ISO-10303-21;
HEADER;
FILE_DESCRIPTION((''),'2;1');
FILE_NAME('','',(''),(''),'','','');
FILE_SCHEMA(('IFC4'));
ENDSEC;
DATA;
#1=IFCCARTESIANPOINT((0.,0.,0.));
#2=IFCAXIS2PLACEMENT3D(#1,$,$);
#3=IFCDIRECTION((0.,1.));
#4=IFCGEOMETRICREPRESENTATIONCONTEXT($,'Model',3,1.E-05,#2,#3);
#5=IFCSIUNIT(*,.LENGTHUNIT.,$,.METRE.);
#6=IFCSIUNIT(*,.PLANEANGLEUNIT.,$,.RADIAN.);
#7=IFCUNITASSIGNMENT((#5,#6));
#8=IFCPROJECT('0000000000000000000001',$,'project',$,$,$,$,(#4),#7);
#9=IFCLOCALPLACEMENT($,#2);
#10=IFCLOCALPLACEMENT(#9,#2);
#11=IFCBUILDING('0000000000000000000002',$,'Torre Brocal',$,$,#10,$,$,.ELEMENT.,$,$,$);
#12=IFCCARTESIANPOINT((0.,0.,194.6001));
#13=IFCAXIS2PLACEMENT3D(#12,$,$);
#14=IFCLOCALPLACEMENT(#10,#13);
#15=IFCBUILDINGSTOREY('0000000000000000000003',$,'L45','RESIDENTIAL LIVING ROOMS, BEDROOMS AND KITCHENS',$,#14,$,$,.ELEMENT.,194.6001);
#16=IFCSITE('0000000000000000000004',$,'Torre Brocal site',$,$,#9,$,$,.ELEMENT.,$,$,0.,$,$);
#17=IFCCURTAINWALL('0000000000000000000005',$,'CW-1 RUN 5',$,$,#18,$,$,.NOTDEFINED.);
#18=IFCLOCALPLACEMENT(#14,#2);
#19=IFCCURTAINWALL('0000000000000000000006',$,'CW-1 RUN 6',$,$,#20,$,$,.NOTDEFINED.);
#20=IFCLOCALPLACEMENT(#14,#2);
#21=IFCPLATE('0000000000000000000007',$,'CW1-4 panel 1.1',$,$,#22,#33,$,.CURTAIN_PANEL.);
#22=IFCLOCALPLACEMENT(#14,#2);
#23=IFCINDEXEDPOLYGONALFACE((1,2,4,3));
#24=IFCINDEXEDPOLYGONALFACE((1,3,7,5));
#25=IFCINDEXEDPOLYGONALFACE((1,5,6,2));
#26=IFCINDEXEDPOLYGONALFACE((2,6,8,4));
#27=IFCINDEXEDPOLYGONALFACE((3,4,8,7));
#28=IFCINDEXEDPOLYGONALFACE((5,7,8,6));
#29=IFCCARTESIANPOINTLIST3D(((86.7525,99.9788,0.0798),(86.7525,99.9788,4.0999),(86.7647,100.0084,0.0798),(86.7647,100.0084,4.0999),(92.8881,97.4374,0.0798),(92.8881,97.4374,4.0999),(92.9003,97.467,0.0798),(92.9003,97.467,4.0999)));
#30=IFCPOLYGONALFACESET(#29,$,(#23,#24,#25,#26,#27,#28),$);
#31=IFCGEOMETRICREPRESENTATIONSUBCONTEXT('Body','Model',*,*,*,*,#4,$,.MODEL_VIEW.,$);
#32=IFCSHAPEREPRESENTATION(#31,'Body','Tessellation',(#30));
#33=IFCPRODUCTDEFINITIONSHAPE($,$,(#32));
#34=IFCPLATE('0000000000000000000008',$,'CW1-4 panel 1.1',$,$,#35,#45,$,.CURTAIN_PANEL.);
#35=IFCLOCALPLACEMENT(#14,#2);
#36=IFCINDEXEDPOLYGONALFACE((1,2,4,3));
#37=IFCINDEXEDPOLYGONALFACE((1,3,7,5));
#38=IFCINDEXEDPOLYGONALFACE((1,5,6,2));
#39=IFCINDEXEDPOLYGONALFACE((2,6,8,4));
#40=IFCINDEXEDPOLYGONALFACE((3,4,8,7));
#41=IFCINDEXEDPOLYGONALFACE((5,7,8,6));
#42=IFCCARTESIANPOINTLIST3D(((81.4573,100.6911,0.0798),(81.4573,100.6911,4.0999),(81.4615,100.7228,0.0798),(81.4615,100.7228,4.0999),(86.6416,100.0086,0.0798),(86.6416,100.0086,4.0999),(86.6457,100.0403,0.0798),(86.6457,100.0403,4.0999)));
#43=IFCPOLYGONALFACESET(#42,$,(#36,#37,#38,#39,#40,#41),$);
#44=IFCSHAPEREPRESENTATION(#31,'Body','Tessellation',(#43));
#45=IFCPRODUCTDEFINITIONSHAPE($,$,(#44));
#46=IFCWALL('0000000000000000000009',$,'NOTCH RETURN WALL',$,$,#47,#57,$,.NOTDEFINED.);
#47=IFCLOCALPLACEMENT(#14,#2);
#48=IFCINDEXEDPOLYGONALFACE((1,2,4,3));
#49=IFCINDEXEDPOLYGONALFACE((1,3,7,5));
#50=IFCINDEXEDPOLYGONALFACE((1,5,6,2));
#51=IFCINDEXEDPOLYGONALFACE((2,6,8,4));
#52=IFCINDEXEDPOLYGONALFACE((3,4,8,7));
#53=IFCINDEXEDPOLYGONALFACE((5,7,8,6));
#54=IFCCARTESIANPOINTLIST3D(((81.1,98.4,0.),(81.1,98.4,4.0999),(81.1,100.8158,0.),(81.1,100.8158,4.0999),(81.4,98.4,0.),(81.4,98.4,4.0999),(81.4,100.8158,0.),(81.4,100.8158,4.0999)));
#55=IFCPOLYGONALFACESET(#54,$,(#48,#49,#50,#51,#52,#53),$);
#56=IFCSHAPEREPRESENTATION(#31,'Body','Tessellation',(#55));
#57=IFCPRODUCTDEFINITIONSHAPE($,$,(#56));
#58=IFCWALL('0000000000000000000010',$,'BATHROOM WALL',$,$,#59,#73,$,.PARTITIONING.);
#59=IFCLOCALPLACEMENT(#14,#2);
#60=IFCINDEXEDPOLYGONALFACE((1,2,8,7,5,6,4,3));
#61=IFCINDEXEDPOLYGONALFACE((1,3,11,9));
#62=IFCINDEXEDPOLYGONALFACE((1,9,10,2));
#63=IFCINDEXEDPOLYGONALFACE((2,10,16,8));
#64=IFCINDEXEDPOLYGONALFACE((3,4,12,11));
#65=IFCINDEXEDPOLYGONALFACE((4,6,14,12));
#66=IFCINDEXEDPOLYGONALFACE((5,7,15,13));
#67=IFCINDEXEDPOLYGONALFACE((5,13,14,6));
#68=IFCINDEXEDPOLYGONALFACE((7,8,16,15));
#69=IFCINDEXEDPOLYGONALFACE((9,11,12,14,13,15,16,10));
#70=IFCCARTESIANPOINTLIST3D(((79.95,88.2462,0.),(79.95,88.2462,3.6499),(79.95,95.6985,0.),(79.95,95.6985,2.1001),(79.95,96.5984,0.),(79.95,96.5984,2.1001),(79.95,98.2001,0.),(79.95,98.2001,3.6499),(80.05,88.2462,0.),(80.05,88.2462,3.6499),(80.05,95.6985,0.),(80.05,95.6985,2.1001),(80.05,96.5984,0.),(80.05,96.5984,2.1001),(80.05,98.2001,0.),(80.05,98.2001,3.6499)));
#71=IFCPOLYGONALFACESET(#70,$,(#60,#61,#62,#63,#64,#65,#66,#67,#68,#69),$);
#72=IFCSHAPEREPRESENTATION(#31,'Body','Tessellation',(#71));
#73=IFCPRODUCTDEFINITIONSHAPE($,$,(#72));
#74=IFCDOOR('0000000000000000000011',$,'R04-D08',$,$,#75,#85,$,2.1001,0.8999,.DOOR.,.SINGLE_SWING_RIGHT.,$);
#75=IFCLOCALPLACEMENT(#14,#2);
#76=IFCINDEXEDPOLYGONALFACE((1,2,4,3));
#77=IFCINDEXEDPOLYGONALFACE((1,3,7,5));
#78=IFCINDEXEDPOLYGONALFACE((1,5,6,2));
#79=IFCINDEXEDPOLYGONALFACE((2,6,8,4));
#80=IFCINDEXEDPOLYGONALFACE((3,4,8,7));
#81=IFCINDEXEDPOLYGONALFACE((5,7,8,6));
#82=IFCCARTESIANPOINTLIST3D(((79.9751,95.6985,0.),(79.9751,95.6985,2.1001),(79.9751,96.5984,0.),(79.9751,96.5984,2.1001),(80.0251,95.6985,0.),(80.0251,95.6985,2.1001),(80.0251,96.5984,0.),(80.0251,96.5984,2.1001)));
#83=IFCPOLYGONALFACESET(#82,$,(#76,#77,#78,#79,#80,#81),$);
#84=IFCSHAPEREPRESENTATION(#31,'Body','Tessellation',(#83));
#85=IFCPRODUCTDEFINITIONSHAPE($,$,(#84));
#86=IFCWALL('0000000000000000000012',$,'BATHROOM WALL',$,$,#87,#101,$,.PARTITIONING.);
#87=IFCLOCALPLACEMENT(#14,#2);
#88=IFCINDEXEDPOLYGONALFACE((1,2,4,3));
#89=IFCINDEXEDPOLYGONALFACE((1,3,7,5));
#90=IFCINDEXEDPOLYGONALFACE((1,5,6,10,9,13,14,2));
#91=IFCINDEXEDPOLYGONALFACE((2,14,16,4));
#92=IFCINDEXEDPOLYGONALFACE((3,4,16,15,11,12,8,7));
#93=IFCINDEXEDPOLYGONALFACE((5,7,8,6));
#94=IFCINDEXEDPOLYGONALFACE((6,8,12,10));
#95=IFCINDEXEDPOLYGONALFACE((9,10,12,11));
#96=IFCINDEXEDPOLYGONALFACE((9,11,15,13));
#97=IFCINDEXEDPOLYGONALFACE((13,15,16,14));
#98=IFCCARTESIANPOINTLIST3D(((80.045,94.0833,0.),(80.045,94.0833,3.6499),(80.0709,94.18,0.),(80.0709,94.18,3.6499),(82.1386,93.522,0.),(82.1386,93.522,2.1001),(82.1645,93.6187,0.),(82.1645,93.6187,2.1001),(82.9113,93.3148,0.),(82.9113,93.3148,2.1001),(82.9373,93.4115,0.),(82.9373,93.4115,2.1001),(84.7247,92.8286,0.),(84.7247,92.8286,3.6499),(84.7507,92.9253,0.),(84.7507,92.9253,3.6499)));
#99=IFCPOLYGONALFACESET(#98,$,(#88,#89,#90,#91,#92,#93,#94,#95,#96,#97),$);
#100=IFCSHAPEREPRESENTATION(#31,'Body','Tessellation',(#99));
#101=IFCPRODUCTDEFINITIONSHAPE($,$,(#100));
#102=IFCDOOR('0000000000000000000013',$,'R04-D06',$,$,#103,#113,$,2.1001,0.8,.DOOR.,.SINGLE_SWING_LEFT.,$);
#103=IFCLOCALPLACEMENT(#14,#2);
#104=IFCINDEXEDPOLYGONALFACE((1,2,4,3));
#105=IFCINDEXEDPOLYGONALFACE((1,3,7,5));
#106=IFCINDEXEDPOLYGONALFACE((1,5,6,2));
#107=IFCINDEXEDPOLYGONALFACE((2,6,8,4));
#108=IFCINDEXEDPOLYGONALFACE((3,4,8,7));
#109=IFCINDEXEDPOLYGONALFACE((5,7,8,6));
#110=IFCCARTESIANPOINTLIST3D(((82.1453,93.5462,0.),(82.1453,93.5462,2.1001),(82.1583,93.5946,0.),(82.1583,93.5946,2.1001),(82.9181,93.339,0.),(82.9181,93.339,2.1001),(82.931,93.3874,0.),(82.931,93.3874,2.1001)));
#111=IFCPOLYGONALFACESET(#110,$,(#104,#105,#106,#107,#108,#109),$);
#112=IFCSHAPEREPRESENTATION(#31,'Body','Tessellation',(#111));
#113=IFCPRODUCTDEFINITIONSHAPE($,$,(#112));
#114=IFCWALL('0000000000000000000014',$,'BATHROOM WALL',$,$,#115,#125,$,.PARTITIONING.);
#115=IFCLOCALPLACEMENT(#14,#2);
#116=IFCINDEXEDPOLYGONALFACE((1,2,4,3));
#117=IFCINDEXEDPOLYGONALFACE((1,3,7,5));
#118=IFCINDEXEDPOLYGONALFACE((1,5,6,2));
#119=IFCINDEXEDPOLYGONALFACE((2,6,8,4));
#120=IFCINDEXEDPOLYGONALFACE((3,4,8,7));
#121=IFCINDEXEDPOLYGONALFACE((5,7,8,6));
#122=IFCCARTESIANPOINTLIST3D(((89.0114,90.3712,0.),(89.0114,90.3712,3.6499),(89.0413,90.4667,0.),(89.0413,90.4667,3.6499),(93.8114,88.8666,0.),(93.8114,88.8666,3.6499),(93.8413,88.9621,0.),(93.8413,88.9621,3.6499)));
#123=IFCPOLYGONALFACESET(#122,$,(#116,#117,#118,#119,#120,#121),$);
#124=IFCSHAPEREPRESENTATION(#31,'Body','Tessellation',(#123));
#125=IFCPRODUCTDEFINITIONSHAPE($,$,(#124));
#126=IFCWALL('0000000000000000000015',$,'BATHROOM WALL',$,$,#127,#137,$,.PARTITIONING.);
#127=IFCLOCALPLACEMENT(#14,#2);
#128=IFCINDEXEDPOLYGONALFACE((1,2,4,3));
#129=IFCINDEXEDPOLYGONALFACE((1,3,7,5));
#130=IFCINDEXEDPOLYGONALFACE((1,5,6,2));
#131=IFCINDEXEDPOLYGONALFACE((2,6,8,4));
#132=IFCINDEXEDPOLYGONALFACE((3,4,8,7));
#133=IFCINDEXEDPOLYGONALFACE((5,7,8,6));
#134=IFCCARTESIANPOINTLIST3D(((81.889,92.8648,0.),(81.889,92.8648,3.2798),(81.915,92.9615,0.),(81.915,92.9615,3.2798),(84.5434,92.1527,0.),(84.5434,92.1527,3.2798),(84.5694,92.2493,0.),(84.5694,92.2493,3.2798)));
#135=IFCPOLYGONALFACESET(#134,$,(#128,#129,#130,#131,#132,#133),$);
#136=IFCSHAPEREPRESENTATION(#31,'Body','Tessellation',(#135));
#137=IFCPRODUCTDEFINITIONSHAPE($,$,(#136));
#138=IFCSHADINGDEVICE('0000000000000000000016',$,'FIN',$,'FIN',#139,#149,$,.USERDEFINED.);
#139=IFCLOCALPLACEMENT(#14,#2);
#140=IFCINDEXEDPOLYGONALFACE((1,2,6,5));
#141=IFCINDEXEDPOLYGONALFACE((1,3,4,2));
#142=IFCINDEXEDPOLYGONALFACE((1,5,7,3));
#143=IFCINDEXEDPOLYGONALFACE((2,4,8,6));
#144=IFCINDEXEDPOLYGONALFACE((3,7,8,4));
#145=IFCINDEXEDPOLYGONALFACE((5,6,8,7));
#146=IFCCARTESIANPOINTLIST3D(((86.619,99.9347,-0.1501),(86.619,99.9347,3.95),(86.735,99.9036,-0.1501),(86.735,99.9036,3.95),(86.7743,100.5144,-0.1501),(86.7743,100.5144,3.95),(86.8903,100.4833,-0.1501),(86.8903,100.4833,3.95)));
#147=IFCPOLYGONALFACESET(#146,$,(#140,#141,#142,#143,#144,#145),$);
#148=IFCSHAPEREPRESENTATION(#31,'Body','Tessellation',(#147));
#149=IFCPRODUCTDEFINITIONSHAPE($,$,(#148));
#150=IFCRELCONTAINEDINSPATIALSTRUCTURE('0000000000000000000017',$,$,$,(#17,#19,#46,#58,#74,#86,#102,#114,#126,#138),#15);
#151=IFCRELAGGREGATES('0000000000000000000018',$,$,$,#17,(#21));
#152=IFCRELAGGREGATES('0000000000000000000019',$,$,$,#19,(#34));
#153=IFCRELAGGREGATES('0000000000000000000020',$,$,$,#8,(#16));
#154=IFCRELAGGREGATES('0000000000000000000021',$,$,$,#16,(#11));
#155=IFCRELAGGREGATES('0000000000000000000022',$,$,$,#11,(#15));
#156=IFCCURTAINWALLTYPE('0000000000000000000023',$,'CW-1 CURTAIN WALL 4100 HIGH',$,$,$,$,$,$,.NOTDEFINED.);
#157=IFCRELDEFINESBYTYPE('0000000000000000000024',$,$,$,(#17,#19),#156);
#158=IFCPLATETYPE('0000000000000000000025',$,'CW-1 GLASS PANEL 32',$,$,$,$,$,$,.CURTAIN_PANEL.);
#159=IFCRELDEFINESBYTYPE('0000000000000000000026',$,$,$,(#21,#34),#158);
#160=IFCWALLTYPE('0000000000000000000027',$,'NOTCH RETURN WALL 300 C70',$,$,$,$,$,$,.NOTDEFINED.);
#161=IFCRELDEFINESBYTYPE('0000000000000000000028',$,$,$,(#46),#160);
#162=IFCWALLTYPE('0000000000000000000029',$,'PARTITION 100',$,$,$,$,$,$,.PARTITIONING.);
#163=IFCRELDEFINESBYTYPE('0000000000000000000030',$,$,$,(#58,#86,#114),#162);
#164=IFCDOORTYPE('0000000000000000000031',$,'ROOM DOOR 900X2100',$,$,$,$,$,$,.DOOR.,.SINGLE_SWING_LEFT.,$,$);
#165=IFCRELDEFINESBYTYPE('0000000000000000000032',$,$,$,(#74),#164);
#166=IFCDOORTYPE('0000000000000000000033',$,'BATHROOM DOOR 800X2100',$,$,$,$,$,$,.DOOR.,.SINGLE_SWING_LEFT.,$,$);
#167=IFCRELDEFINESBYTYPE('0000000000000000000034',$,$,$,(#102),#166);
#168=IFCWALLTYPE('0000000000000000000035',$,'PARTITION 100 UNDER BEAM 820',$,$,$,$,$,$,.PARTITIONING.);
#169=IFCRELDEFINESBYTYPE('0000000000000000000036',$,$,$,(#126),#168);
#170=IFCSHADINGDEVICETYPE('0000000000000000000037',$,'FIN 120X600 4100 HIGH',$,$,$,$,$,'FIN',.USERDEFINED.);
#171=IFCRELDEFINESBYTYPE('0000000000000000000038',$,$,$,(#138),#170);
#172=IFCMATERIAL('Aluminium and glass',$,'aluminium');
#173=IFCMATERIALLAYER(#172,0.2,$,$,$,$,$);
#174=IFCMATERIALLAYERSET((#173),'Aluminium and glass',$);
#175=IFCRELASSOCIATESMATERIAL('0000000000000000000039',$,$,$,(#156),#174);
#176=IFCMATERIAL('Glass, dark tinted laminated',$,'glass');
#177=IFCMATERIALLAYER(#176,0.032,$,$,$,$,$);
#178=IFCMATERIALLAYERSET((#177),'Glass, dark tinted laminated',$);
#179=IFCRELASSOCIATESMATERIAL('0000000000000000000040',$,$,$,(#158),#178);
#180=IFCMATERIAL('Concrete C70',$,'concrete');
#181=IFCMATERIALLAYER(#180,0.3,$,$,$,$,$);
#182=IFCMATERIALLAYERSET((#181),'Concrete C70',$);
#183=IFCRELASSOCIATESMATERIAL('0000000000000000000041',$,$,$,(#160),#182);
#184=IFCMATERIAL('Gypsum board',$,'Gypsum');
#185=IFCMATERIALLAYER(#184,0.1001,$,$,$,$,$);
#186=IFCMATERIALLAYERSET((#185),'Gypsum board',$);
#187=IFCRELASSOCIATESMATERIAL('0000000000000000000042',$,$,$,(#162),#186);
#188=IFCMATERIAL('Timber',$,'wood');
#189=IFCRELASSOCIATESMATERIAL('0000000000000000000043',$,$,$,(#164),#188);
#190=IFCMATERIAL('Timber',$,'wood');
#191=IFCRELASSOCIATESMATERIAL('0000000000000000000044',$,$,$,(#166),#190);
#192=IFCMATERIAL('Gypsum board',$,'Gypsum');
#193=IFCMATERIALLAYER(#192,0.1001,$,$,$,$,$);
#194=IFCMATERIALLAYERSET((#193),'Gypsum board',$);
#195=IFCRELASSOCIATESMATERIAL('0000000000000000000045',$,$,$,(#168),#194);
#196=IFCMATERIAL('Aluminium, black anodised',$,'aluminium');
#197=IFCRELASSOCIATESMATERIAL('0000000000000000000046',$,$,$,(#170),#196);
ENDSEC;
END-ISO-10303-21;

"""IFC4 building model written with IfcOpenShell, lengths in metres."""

from ifc_helpers import new_model, si_unit, direction, frame, frame_2d, origin, origin_2d, place, context, subcontext, project, spatial, rectangle, extrude, material, layer, layer_set, material_profile, profile_set, type_object, element, fill, aggregate, save


model = new_model("IFC4")

# Units and contexts
model_context = context("Model", 3, precision=1e-05, world=origin(), true_north=direction((0.0, 1.0)))
body_context = subcontext(model_context, "Body", "Model", "MODEL_VIEW")
ifc_project = project(units=[si_unit("LENGTHUNIT", "METRE"), si_unit("PLANEANGLEUNIT", "RADIAN")], contexts=[model_context])

# Site, building, storey
site_placement = place(None, origin())
site = spatial("IfcSite", under=ifc_project, at=site_placement, Name="Torre Brocal site", CompositionType="ELEMENT", RefElevation=0.0)
building_placement = place(site_placement, origin())
building = spatial("IfcBuilding", under=site, at=building_placement, Name="Torre Brocal", CompositionType="ELEMENT")
storey_placement = place(building_placement, frame((0.0, 0.0, 194.6001)))
storey = spatial("IfcBuildingStorey", under=building, at=storey_placement, Name="L45", Description="RESIDENTIAL LIVING ROOMS, BEDROOMS AND KITCHENS", CompositionType="ELEMENT", Elevation=194.6001)

# Curtain wall
ifc_material_1 = material(Name="Aluminium and glass", Category="aluminium")
ifc_layer_1 = layer(ifc_material_1, 0.2)
ifc_layer_set_1 = layer_set([ifc_layer_1], Name="Aluminium and glass")
curtain_wall_type = type_object("IfcCurtainWallType", Name="CW-1 CURTAIN WALL 4100 HIGH", PredefinedType="NOTDEFINED", material=ifc_layer_set_1)
curtain_wall_1_placement = place(storey_placement, origin())
curtain_wall_1 = element("IfcCurtainWall", 1, at=curtain_wall_1_placement, inside=storey, type_object=curtain_wall_type, Name="CW-1 RUN 5", PredefinedType="NOTDEFINED")

# Curtain wall
curtain_wall_2_placement = place(storey_placement, origin())
curtain_wall_2 = element("IfcCurtainWall", 2, at=curtain_wall_2_placement, inside=storey, type_object=curtain_wall_type, Name="CW-1 RUN 6", PredefinedType="NOTDEFINED")

# Plates
ifc_material_2 = material(Name="Glass, dark tinted laminated", Category="glass")
ifc_layer_2 = layer(ifc_material_2, 0.032)
ifc_layer_set_2 = layer_set([ifc_layer_2], Name="Glass, dark tinted laminated")
plate_type = type_object("IfcPlateType", Name="CW-1 GLASS PANEL 32", PredefinedType="CURTAIN_PANEL", material=ifc_layer_set_2)
plate_1_placement = place(storey_placement, frame((89.8264, 98.7229, 0.0798), z_axis=(0.0, 0.0, 1.0), x_axis=(-0.92388, 0.382683, 0.0)))
plate_1 = element("IfcPlate", 3, at=plate_1_placement, type_object=plate_type, Name="CW1-4 panel 1.1", PredefinedType="CURTAIN_PANEL", context=body_context, shape_type="SweptSolid", body=[
    extrude(rectangle(XDim=6.6411, YDim=0.032, at=origin_2d()), origin(), (0.0, 0.0, 1.0), 4.02),
])
aggregate(curtain_wall_1, [plate_1])
plate_2_placement = place(storey_placement, frame((84.0515, 100.3657, 0.0798), z_axis=(0.0, 0.0, 1.0), x_axis=(-0.991445, 0.130526, 0.0)))
plate_2 = element("IfcPlate", 4, at=plate_2_placement, type_object=plate_type, Name="CW1-4 panel 1.1", PredefinedType="CURTAIN_PANEL", context=body_context, shape_type="SweptSolid", body=[
    extrude(rectangle(XDim=5.229, YDim=0.032, at=origin_2d()), origin(), (0.0, 0.0, 1.0), 4.02),
])
aggregate(curtain_wall_2, [plate_2])

# Wall
ifc_material_3 = material(Name="Concrete C70", Category="concrete")
ifc_layer_3 = layer(ifc_material_3, 0.3)
ifc_layer_set_3 = layer_set([ifc_layer_3], Name="Concrete C70")
wall_type_1 = type_object("IfcWallType", Name="NOTCH RETURN WALL 300 C70", PredefinedType="NOTDEFINED", material=ifc_layer_set_3)
wall_1_placement = place(storey_placement, frame((81.25, 98.3999, 0.0), z_axis=(0.0, 0.0, 1.0), x_axis=(0.0, 1.0, 0.0)))
element("IfcWall", 5, at=wall_1_placement, inside=storey, type_object=wall_type_1, Name="NOTCH RETURN WALL", PredefinedType="NOTDEFINED", context=body_context, shape_type="SweptSolid", body=[
    extrude(rectangle(XDim=2.4158, YDim=0.3, at=frame_2d((1.208, 0.0))), origin(), (0.0, 0.0, 1.0), 4.0999),
])

# Walls, openings, doors
ifc_material_4 = material(Name="Gypsum board", Category="Gypsum")
ifc_layer_4 = layer(ifc_material_4, 0.1001)
ifc_layer_set_4 = layer_set([ifc_layer_4], Name="Gypsum board")
wall_type_2 = type_object("IfcWallType", Name="PARTITION 100", PredefinedType="PARTITIONING", material=ifc_layer_set_4)
wall_2_placement = place(storey_placement, frame((80.0, 88.2461, 0.0), z_axis=(0.0, 0.0, 1.0), x_axis=(0.0, 1.0, 0.0)))
wall_2 = element("IfcWall", 6, at=wall_2_placement, inside=storey, type_object=wall_type_2, Name="BATHROOM WALL", PredefinedType="PARTITIONING", context=body_context, shape_type="SweptSolid", body=[
    extrude(rectangle(XDim=9.9539, YDim=0.1001, at=frame_2d((4.9771, 0.0))), origin(), (0.0, 0.0, 1.0), 3.6499),
])
opening_1_placement = place(wall_2_placement, frame((7.4524, 0.0, 0.0)))
opening_1 = element("IfcOpeningElement", 7, at=opening_1_placement, cuts=wall_2, PredefinedType="OPENING", context=body_context, shape_type="SweptSolid", body=[
    extrude(rectangle(XDim=0.8999, YDim=2.1001, at=frame_2d((0.45, 1.05))), frame((0.0, 0.0601, 0.0), z_axis=(0.0, -1.0, 0.0), x_axis=(1.0, 0.0, 0.0)), (0.0, 0.0, 1.0), 0.1201),
])
ifc_material_5 = material(Name="Timber", Category="wood")
door_type_1 = type_object("IfcDoorType", Name="ROOM DOOR 900X2100", OperationType="SINGLE_SWING_LEFT", PredefinedType="DOOR", material=ifc_material_5)
door_1_placement = place(opening_1_placement, origin())
door_1 = element("IfcDoor", 8, at=door_1_placement, inside=storey, type_object=door_type_1, Name="R04-D08", OperationType="SINGLE_SWING_RIGHT", OverallHeight=2.1001, OverallWidth=0.8999, PredefinedType="DOOR", context=body_context, shape_type="SweptSolid", body=[
    extrude(rectangle(XDim=0.8999, YDim=2.1001, at=frame_2d((0.45, 1.05))), frame((0.0, 0.0249, 0.0), z_axis=(0.0, -1.0, 0.0), x_axis=(1.0, 0.0, 0.0)), (0.0, 0.0, 1.0), 0.05),
])
fill(opening_1, door_1)
wall_3_placement = place(storey_placement, frame((80.0581, 94.1316, 0.0), z_axis=(0.0, 0.0, 1.0), x_axis=(0.965889, -0.258958, 0.0)))
wall_3 = element("IfcWall", 9, at=wall_3_placement, inside=storey, type_object=wall_type_2, Name="BATHROOM WALL", PredefinedType="PARTITIONING", context=body_context, shape_type="SweptSolid", body=[
    extrude(rectangle(XDim=4.845, YDim=0.1001, at=frame_2d((2.4224, 0.0))), origin(), (0.0, 0.0, 1.0), 3.6499),
])
opening_2_placement = place(wall_3_placement, frame((2.1675, 0.0, 0.0)))
opening_2 = element("IfcOpeningElement", 10, at=opening_2_placement, cuts=wall_3, PredefinedType="OPENING", context=body_context, shape_type="SweptSolid", body=[
    extrude(rectangle(XDim=0.8, YDim=2.1001, at=frame_2d((0.3999, 1.05))), frame((0.0, 0.0601, 0.0), z_axis=(0.0, -1.0, 0.0), x_axis=(1.0, 0.0, 0.0)), (0.0, 0.0, 1.0), 0.1201),
])
ifc_material_6 = material(Name="Timber", Category="wood")
door_type_2 = type_object("IfcDoorType", Name="BATHROOM DOOR 800X2100", OperationType="SINGLE_SWING_LEFT", PredefinedType="DOOR", material=ifc_material_6)
door_2_placement = place(opening_2_placement, frame((0.8, 0.0, 0.0), z_axis=(0.0, 0.0, 1.0), x_axis=(-1.0, 0.0, 0.0)))
door_2 = element("IfcDoor", 11, at=door_2_placement, inside=storey, type_object=door_type_2, Name="R04-D06", OperationType="SINGLE_SWING_LEFT", OverallHeight=2.1001, OverallWidth=0.8, PredefinedType="DOOR", context=body_context, shape_type="SweptSolid", body=[
    extrude(rectangle(XDim=0.8, YDim=2.1001, at=frame_2d((0.3999, 1.05))), frame((0.0, 0.0249, 0.0), z_axis=(0.0, -1.0, 0.0), x_axis=(1.0, 0.0, 0.0)), (0.0, 0.0, 1.0), 0.05),
])
fill(opening_2, door_2)

# Walls
wall_4_placement = place(storey_placement, frame((89.0264, 90.4189, 0.0), z_axis=(0.0, 0.0, 1.0), x_axis=(0.954218, -0.299112, 0.0)))
element("IfcWall", 12, at=wall_4_placement, inside=storey, type_object=wall_type_2, Name="BATHROOM WALL", PredefinedType="PARTITIONING", context=body_context, shape_type="SweptSolid", body=[
    extrude(rectangle(XDim=5.0303, YDim=0.1001, at=frame_2d((2.5151, 0.0))), origin(), (0.0, 0.0, 1.0), 3.6499),
])
ifc_material_7 = material(Name="Gypsum board", Category="Gypsum")
ifc_layer_5 = layer(ifc_material_7, 0.1001)
ifc_layer_set_5 = layer_set([ifc_layer_5], Name="Gypsum board")
wall_type_3 = type_object("IfcWallType", Name="PARTITION 100 UNDER BEAM 820", PredefinedType="PARTITIONING", material=ifc_layer_set_5)
wall_5_placement = place(storey_placement, frame((81.9021, 92.9131, 0.0), z_axis=(0.0, 0.0, 1.0), x_axis=(0.965846, -0.259116, 0.0)))
element("IfcWall", 13, at=wall_5_placement, inside=storey, type_object=wall_type_3, Name="BATHROOM WALL", PredefinedType="PARTITIONING", context=body_context, shape_type="SweptSolid", body=[
    extrude(rectangle(XDim=2.7483, YDim=0.1001, at=frame_2d((1.374, 0.0))), origin(), (0.0, 0.0, 1.0), 3.2798),
])

# Shading device
ifc_material_8 = material(Name="Aluminium, black anodised", Category="aluminium")
ifc_material_profile_1 = material_profile(ifc_material_8, rectangle(XDim=0.1201, YDim=0.6001, at=origin_2d()), Name="FIN 120X600 4100 HIGH")
ifc_profile_set_1 = profile_set([ifc_material_profile_1], Name="Aluminium, black anodised")
shading_device_type = type_object("IfcShadingDeviceType", Name="FIN 120X600 4100 HIGH", ElementType="FIN", PredefinedType="USERDEFINED", material=ifc_profile_set_1)
shading_device_placement = place(storey_placement, frame((86.7546, 100.209, -0.1501), z_axis=(0.0, 0.0, 1.0), x_axis=(-0.965926, 0.258819, 0.0)))
element("IfcShadingDevice", 14, at=shading_device_placement, inside=storey, type_object=shading_device_type, Name="FIN", ObjectType="FIN", PredefinedType="USERDEFINED", context=body_context, shape_type="SweptSolid", body=[
    extrude(rectangle(XDim=0.1201, YDim=0.6001, at=origin_2d()), origin(), (0.0, 0.0, 1.0), 4.1001),
])

save(model, "model.ifc")
